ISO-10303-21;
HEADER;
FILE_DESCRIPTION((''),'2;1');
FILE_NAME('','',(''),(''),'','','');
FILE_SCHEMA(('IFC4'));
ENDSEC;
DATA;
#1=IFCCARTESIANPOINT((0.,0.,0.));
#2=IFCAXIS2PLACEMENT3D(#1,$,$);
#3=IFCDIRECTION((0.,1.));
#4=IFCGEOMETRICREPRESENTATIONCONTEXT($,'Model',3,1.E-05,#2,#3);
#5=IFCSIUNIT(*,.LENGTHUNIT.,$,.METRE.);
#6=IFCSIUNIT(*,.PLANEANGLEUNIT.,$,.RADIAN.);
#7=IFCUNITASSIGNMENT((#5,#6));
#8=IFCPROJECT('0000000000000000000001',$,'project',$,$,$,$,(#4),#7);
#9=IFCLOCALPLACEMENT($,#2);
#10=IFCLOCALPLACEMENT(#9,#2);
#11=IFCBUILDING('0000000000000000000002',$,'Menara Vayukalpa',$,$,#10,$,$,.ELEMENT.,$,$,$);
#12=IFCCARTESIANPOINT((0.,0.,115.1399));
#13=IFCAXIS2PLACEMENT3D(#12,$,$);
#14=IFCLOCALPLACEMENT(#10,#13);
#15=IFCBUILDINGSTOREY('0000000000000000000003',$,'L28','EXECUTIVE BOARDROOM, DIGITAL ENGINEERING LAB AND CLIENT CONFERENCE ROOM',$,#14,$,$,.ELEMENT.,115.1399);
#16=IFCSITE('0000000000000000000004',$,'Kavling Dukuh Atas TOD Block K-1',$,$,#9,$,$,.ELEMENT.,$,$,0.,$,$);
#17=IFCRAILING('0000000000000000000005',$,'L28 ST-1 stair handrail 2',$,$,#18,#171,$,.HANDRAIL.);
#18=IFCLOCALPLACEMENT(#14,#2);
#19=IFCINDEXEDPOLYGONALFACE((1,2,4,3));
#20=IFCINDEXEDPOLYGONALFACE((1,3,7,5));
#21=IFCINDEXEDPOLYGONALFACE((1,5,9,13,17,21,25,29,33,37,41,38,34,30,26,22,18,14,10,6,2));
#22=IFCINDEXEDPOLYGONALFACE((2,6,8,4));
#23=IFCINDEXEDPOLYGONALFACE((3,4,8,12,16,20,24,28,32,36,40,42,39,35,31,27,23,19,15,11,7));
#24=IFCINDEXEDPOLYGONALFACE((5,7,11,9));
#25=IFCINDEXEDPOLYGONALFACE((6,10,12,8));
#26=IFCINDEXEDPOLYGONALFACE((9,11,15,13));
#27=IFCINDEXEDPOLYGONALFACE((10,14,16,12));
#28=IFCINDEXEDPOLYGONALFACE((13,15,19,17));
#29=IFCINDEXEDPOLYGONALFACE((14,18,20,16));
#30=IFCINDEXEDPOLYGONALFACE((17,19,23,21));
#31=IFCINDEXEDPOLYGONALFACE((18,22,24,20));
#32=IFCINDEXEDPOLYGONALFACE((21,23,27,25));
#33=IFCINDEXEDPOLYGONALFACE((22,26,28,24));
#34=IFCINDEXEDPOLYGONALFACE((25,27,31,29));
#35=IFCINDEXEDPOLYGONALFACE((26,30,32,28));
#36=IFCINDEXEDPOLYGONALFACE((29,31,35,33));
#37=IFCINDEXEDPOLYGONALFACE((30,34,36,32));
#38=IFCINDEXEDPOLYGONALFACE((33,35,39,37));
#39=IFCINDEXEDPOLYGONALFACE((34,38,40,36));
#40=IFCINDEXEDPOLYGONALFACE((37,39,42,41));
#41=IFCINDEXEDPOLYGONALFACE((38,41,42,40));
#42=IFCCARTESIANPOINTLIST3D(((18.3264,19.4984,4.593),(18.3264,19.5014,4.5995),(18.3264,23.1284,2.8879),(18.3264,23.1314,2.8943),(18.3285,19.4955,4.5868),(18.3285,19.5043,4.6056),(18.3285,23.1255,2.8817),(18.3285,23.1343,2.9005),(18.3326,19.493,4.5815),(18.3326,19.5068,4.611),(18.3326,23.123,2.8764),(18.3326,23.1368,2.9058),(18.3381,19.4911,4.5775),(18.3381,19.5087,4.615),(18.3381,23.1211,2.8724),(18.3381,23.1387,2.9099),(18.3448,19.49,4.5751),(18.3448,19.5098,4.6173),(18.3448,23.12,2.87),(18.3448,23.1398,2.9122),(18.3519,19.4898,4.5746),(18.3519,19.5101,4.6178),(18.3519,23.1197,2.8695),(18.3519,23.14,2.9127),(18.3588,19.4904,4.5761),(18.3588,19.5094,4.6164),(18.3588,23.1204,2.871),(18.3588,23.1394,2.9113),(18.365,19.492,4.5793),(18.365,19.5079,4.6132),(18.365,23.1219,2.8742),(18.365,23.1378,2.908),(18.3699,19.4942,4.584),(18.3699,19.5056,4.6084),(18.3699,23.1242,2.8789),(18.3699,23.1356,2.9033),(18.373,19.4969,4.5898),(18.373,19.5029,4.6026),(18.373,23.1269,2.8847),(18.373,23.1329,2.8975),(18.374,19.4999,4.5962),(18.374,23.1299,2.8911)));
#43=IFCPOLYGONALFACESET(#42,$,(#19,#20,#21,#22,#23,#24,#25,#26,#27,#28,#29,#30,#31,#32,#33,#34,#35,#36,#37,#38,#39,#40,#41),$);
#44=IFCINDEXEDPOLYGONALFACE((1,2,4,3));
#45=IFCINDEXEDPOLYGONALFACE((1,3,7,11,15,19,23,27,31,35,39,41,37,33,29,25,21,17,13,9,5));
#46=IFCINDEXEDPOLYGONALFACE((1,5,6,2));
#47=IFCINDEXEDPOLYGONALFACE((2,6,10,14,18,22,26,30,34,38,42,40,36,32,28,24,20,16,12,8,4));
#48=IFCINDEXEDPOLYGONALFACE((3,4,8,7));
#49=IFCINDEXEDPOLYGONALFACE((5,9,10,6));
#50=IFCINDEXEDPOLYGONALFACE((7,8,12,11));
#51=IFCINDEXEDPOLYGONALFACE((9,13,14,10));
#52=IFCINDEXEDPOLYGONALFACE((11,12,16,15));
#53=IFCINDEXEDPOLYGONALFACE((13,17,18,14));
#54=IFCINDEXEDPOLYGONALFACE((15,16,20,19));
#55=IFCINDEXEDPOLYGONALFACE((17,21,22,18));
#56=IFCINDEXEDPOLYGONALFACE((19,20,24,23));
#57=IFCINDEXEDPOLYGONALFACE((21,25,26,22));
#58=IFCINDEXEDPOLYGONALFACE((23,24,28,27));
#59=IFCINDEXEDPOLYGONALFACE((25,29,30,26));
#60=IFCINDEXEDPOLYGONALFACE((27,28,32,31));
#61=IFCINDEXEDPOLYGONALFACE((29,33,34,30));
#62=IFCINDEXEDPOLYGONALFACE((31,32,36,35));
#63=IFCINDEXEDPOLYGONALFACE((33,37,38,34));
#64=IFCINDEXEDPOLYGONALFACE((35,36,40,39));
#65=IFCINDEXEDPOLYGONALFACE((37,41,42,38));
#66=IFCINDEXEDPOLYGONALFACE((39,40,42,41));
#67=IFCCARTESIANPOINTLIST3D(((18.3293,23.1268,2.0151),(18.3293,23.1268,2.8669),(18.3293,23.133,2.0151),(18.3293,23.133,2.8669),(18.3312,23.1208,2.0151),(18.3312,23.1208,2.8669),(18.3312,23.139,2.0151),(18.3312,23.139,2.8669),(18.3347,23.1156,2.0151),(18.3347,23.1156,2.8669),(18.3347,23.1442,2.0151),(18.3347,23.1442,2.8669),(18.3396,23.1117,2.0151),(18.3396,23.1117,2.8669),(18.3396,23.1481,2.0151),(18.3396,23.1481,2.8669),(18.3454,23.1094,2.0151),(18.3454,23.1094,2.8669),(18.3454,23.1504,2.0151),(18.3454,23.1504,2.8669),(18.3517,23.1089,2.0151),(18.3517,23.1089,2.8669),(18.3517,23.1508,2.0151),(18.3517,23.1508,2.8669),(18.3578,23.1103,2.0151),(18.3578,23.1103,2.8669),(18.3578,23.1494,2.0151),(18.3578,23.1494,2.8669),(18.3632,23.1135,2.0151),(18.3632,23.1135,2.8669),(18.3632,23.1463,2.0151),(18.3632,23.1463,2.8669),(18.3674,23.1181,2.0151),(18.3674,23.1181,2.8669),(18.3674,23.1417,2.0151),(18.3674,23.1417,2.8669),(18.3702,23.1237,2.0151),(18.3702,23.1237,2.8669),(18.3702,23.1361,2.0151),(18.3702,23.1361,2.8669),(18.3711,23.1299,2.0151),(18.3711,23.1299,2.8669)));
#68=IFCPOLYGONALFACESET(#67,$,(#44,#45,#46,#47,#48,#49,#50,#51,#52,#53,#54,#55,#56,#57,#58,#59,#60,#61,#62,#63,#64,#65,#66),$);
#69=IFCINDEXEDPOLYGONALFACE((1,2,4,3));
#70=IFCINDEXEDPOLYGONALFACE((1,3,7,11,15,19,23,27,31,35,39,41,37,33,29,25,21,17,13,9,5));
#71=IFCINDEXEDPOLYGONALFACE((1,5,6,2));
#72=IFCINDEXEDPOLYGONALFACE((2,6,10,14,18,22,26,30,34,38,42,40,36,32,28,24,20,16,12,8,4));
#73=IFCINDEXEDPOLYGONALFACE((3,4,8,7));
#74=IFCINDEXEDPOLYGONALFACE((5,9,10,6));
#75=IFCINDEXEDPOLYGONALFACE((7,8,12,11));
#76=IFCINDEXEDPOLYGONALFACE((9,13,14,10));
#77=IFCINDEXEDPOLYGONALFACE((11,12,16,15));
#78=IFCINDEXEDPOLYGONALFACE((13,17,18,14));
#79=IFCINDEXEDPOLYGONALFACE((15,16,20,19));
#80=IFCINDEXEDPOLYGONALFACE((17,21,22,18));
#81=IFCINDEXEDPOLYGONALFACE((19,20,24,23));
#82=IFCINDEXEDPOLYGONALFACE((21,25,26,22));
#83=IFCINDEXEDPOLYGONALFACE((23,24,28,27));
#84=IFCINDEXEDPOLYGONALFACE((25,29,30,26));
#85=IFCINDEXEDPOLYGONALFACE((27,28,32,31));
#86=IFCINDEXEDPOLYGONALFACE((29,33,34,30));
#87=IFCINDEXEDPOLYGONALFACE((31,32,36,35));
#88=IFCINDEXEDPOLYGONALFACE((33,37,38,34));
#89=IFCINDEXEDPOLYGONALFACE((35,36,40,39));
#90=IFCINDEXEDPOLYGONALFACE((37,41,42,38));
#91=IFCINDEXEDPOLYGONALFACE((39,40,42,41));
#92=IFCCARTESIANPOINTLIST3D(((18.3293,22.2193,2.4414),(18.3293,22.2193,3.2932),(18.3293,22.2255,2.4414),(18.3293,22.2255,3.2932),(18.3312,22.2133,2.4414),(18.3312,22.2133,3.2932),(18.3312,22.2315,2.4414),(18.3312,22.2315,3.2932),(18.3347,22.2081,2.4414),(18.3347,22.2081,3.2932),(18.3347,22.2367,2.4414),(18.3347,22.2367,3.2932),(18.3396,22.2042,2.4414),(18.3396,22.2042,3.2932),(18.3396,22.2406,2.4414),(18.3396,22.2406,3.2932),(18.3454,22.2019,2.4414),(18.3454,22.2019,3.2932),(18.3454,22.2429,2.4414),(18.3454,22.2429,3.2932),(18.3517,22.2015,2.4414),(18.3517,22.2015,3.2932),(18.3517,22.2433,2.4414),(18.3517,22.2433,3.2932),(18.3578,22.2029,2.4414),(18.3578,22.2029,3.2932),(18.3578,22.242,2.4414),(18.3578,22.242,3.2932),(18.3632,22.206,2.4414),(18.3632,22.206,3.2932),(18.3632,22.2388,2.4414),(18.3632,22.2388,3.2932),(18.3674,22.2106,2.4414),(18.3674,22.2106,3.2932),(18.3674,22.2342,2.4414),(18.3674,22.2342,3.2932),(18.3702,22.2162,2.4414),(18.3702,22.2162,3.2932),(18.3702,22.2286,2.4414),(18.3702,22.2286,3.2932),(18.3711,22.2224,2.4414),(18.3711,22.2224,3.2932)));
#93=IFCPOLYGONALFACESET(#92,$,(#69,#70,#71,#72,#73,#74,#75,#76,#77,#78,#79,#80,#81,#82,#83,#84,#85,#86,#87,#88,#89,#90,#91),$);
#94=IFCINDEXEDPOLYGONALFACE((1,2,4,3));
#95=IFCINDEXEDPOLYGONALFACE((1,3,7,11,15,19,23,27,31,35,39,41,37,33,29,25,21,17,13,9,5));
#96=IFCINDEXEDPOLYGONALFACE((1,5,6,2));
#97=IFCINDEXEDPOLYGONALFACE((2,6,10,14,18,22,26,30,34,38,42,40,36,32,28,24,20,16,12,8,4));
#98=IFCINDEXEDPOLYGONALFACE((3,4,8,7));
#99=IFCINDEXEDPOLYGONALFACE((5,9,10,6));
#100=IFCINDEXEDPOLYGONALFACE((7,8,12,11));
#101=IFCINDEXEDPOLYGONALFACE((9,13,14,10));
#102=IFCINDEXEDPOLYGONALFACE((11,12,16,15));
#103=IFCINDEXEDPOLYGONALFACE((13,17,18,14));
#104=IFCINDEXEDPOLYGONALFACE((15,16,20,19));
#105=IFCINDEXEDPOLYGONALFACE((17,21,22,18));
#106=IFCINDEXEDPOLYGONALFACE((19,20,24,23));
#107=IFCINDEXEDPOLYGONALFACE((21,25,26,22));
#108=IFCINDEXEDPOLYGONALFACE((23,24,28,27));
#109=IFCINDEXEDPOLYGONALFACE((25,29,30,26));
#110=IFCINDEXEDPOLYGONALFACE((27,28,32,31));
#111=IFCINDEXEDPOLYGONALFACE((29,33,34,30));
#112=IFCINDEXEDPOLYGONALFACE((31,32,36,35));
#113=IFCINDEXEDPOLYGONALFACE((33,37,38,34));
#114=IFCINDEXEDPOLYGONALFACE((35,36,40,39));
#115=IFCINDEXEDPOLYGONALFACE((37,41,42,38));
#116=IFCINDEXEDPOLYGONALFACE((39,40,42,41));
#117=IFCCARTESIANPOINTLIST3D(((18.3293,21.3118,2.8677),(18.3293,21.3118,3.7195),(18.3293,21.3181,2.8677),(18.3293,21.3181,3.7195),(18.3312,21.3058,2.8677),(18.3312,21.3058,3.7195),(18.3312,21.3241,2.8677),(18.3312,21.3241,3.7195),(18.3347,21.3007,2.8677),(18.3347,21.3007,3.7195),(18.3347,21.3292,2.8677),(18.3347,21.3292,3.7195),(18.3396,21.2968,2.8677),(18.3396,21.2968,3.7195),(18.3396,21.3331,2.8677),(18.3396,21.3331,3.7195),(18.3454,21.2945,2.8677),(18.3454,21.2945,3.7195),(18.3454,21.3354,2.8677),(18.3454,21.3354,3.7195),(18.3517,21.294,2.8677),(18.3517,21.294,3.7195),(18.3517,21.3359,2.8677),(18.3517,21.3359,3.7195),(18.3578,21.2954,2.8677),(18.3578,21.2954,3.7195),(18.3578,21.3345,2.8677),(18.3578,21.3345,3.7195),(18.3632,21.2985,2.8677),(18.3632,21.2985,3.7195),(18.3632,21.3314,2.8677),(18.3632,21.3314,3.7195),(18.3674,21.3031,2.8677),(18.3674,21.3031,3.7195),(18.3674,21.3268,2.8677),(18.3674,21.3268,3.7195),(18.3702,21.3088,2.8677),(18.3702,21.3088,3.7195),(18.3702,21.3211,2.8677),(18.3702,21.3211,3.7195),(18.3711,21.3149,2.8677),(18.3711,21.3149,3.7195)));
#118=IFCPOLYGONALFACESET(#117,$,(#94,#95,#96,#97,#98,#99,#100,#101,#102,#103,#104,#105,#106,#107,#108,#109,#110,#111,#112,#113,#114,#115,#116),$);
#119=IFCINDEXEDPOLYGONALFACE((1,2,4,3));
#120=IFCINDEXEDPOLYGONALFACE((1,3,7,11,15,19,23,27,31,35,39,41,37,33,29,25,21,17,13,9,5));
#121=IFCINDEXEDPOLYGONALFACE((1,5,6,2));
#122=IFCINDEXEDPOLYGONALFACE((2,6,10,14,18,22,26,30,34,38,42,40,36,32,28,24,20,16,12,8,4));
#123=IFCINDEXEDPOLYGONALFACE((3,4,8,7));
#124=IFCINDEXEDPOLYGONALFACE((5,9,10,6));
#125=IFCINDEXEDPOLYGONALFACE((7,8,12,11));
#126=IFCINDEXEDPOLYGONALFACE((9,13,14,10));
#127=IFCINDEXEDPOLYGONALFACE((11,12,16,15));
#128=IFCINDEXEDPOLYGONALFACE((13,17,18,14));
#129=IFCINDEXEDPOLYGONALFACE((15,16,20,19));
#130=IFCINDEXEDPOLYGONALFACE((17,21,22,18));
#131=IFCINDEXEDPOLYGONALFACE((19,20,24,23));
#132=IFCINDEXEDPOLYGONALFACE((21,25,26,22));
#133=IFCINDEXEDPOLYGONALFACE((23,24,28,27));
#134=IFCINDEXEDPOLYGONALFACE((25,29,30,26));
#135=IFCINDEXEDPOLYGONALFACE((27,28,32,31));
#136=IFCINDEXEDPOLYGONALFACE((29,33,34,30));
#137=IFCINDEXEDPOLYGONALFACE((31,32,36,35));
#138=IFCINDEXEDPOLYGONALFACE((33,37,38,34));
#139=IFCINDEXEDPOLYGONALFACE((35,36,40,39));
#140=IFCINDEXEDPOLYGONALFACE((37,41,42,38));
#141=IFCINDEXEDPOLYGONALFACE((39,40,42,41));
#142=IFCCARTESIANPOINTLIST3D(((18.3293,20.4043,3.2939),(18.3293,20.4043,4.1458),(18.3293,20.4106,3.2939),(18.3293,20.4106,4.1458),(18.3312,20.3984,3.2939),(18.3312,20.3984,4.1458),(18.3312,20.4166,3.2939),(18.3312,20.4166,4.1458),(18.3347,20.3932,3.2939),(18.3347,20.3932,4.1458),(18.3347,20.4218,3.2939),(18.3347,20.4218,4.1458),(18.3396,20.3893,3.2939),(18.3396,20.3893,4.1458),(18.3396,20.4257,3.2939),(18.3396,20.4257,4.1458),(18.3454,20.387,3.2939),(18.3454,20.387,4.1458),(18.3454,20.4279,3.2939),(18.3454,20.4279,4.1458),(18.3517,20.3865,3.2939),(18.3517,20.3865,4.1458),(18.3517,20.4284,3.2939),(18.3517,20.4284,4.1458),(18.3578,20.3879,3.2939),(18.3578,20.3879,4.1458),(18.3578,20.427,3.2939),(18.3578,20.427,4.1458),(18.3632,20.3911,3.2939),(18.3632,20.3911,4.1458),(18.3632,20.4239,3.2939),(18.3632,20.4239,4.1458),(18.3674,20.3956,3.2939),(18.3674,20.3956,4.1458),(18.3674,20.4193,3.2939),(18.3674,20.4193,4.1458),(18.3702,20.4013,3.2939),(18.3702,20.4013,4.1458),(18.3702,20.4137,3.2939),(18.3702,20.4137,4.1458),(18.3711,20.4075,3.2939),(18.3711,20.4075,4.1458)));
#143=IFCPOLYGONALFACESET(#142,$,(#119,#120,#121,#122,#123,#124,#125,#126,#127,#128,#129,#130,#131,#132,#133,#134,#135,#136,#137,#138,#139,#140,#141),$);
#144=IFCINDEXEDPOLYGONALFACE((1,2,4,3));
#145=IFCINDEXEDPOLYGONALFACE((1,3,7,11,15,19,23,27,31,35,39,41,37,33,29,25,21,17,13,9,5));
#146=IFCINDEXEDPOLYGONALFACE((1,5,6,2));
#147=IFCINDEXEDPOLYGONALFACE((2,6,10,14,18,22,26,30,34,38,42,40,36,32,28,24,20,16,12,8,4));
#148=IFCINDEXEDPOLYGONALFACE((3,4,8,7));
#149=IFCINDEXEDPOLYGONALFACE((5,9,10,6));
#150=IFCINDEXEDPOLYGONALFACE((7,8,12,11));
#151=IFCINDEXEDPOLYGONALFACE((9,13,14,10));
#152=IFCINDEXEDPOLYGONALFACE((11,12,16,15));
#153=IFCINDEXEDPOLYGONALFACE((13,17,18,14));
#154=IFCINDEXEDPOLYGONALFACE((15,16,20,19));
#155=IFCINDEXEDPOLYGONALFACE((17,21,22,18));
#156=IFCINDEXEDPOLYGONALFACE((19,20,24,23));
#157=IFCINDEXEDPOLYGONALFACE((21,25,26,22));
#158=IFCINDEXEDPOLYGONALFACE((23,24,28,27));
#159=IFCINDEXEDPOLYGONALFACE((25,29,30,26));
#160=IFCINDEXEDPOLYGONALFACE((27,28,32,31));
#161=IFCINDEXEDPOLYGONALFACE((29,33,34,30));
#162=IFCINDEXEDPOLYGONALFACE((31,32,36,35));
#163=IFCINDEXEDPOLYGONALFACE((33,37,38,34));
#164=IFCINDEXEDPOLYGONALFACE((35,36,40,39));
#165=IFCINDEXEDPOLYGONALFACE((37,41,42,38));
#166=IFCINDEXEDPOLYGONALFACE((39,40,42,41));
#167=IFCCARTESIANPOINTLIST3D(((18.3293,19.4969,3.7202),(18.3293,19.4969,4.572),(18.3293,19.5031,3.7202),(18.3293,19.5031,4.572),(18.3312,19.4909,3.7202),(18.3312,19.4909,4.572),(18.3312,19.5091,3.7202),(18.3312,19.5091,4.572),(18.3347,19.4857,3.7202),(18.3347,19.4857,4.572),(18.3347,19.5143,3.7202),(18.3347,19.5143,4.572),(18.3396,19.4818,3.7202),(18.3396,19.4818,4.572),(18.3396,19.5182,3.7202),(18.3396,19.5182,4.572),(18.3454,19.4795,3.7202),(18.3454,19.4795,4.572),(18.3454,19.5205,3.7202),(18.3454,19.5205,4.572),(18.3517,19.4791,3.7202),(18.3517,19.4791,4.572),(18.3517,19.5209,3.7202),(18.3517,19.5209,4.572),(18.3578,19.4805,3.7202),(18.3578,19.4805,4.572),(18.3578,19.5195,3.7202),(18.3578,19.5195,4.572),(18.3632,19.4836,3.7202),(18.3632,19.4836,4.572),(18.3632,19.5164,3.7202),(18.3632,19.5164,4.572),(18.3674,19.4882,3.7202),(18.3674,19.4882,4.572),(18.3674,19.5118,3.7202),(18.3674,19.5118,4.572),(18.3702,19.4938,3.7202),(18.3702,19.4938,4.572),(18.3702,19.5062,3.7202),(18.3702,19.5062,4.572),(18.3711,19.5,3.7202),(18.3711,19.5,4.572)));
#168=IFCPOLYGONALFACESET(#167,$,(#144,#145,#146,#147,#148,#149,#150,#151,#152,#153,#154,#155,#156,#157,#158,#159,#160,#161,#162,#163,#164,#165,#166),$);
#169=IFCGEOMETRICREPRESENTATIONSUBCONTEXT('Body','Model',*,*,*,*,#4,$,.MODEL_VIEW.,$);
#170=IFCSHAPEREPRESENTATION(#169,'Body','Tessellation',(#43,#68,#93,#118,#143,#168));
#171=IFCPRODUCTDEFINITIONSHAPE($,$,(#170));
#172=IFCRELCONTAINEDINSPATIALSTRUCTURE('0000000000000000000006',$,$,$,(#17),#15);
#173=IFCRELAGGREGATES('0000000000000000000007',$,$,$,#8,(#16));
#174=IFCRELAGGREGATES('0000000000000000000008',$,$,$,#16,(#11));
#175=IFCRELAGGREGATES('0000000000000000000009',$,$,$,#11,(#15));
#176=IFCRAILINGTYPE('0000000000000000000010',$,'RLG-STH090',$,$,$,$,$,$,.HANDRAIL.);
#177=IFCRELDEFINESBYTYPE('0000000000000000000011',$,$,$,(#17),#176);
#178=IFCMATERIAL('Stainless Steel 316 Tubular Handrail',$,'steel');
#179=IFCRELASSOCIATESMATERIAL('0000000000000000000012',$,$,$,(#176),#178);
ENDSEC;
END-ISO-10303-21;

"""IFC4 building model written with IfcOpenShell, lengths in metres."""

from ifc_helpers import new_model, si_unit, direction, frame, origin, origin_2d, place, context, subcontext, project, spatial, circle, extrude, material, type_object, element, save


model = new_model("IFC4")

# Units and contexts
model_context = context("Model", 3, precision=1e-05, world=origin(), true_north=direction((0.0, 1.0)))
body_context = subcontext(model_context, "Body", "Model", "MODEL_VIEW")
ifc_project = project(units=[si_unit("LENGTHUNIT", "METRE"), si_unit("PLANEANGLEUNIT", "RADIAN")], contexts=[model_context])

# Site, building, storey
site_placement = place(None, origin())
site = spatial("IfcSite", under=ifc_project, at=site_placement, Name="Kavling Dukuh Atas TOD Block K-1", CompositionType="ELEMENT", RefElevation=0.0)
building_placement = place(site_placement, origin())
building = spatial("IfcBuilding", under=site, at=building_placement, Name="Menara Vayukalpa", CompositionType="ELEMENT")
storey_placement = place(building_placement, frame((0.0, 0.0, 115.1399)))
storey = spatial("IfcBuildingStorey", under=building, at=storey_placement, Name="L28", Description="EXECUTIVE BOARDROOM, DIGITAL ENGINEERING LAB AND CLIENT CONFERENCE ROOM", CompositionType="ELEMENT", Elevation=115.1399)

# Railing
ifc_material_1 = material(Name="Stainless Steel 316 Tubular Handrail", Category="steel")
railing_type_1 = type_object("IfcRailingType", Name="RLG-STH090", PredefinedType="HANDRAIL", material=ifc_material_1)
railing_1_placement = place(storey_placement, frame((18.3501, 23.1299, 2.0151)))
element("IfcRailing", 1, at=railing_1_placement, inside=storey, type_object=railing_type_1, Name="L28 ST-1 stair handrail 2", PredefinedType="HANDRAIL", context=body_context, shape_type="SweptSolid", body=[
    extrude(circle(Radius=0.0239, at=origin_2d()), frame((0.0, 0.0, 0.876), z_axis=(0.0, -0.905116, 0.425164), x_axis=(1.0, 0.0, 0.0)), (0.0, 0.0, 1.0), 4.0105),
    extrude(circle(Radius=0.021, at=origin_2d()), origin(), (0.0, 0.0, 1.0), 0.8518),
    extrude(circle(Radius=0.021, at=origin_2d()), frame((0.0, -0.9075, 0.4263)), (0.0, 0.0, 1.0), 0.8518),
    extrude(circle(Radius=0.021, at=origin_2d()), frame((0.0, -1.8149, 0.8525)), (0.0, 0.0, 1.0), 0.8518),
    extrude(circle(Radius=0.021, at=origin_2d()), frame((0.0, -2.7224, 1.2788)), (0.0, 0.0, 1.0), 0.8518),
    extrude(circle(Radius=0.021, at=origin_2d()), frame((0.0, -3.6299, 1.7051)), (0.0, 0.0, 1.0), 0.8518),
])

save(model, "model.ifc")
